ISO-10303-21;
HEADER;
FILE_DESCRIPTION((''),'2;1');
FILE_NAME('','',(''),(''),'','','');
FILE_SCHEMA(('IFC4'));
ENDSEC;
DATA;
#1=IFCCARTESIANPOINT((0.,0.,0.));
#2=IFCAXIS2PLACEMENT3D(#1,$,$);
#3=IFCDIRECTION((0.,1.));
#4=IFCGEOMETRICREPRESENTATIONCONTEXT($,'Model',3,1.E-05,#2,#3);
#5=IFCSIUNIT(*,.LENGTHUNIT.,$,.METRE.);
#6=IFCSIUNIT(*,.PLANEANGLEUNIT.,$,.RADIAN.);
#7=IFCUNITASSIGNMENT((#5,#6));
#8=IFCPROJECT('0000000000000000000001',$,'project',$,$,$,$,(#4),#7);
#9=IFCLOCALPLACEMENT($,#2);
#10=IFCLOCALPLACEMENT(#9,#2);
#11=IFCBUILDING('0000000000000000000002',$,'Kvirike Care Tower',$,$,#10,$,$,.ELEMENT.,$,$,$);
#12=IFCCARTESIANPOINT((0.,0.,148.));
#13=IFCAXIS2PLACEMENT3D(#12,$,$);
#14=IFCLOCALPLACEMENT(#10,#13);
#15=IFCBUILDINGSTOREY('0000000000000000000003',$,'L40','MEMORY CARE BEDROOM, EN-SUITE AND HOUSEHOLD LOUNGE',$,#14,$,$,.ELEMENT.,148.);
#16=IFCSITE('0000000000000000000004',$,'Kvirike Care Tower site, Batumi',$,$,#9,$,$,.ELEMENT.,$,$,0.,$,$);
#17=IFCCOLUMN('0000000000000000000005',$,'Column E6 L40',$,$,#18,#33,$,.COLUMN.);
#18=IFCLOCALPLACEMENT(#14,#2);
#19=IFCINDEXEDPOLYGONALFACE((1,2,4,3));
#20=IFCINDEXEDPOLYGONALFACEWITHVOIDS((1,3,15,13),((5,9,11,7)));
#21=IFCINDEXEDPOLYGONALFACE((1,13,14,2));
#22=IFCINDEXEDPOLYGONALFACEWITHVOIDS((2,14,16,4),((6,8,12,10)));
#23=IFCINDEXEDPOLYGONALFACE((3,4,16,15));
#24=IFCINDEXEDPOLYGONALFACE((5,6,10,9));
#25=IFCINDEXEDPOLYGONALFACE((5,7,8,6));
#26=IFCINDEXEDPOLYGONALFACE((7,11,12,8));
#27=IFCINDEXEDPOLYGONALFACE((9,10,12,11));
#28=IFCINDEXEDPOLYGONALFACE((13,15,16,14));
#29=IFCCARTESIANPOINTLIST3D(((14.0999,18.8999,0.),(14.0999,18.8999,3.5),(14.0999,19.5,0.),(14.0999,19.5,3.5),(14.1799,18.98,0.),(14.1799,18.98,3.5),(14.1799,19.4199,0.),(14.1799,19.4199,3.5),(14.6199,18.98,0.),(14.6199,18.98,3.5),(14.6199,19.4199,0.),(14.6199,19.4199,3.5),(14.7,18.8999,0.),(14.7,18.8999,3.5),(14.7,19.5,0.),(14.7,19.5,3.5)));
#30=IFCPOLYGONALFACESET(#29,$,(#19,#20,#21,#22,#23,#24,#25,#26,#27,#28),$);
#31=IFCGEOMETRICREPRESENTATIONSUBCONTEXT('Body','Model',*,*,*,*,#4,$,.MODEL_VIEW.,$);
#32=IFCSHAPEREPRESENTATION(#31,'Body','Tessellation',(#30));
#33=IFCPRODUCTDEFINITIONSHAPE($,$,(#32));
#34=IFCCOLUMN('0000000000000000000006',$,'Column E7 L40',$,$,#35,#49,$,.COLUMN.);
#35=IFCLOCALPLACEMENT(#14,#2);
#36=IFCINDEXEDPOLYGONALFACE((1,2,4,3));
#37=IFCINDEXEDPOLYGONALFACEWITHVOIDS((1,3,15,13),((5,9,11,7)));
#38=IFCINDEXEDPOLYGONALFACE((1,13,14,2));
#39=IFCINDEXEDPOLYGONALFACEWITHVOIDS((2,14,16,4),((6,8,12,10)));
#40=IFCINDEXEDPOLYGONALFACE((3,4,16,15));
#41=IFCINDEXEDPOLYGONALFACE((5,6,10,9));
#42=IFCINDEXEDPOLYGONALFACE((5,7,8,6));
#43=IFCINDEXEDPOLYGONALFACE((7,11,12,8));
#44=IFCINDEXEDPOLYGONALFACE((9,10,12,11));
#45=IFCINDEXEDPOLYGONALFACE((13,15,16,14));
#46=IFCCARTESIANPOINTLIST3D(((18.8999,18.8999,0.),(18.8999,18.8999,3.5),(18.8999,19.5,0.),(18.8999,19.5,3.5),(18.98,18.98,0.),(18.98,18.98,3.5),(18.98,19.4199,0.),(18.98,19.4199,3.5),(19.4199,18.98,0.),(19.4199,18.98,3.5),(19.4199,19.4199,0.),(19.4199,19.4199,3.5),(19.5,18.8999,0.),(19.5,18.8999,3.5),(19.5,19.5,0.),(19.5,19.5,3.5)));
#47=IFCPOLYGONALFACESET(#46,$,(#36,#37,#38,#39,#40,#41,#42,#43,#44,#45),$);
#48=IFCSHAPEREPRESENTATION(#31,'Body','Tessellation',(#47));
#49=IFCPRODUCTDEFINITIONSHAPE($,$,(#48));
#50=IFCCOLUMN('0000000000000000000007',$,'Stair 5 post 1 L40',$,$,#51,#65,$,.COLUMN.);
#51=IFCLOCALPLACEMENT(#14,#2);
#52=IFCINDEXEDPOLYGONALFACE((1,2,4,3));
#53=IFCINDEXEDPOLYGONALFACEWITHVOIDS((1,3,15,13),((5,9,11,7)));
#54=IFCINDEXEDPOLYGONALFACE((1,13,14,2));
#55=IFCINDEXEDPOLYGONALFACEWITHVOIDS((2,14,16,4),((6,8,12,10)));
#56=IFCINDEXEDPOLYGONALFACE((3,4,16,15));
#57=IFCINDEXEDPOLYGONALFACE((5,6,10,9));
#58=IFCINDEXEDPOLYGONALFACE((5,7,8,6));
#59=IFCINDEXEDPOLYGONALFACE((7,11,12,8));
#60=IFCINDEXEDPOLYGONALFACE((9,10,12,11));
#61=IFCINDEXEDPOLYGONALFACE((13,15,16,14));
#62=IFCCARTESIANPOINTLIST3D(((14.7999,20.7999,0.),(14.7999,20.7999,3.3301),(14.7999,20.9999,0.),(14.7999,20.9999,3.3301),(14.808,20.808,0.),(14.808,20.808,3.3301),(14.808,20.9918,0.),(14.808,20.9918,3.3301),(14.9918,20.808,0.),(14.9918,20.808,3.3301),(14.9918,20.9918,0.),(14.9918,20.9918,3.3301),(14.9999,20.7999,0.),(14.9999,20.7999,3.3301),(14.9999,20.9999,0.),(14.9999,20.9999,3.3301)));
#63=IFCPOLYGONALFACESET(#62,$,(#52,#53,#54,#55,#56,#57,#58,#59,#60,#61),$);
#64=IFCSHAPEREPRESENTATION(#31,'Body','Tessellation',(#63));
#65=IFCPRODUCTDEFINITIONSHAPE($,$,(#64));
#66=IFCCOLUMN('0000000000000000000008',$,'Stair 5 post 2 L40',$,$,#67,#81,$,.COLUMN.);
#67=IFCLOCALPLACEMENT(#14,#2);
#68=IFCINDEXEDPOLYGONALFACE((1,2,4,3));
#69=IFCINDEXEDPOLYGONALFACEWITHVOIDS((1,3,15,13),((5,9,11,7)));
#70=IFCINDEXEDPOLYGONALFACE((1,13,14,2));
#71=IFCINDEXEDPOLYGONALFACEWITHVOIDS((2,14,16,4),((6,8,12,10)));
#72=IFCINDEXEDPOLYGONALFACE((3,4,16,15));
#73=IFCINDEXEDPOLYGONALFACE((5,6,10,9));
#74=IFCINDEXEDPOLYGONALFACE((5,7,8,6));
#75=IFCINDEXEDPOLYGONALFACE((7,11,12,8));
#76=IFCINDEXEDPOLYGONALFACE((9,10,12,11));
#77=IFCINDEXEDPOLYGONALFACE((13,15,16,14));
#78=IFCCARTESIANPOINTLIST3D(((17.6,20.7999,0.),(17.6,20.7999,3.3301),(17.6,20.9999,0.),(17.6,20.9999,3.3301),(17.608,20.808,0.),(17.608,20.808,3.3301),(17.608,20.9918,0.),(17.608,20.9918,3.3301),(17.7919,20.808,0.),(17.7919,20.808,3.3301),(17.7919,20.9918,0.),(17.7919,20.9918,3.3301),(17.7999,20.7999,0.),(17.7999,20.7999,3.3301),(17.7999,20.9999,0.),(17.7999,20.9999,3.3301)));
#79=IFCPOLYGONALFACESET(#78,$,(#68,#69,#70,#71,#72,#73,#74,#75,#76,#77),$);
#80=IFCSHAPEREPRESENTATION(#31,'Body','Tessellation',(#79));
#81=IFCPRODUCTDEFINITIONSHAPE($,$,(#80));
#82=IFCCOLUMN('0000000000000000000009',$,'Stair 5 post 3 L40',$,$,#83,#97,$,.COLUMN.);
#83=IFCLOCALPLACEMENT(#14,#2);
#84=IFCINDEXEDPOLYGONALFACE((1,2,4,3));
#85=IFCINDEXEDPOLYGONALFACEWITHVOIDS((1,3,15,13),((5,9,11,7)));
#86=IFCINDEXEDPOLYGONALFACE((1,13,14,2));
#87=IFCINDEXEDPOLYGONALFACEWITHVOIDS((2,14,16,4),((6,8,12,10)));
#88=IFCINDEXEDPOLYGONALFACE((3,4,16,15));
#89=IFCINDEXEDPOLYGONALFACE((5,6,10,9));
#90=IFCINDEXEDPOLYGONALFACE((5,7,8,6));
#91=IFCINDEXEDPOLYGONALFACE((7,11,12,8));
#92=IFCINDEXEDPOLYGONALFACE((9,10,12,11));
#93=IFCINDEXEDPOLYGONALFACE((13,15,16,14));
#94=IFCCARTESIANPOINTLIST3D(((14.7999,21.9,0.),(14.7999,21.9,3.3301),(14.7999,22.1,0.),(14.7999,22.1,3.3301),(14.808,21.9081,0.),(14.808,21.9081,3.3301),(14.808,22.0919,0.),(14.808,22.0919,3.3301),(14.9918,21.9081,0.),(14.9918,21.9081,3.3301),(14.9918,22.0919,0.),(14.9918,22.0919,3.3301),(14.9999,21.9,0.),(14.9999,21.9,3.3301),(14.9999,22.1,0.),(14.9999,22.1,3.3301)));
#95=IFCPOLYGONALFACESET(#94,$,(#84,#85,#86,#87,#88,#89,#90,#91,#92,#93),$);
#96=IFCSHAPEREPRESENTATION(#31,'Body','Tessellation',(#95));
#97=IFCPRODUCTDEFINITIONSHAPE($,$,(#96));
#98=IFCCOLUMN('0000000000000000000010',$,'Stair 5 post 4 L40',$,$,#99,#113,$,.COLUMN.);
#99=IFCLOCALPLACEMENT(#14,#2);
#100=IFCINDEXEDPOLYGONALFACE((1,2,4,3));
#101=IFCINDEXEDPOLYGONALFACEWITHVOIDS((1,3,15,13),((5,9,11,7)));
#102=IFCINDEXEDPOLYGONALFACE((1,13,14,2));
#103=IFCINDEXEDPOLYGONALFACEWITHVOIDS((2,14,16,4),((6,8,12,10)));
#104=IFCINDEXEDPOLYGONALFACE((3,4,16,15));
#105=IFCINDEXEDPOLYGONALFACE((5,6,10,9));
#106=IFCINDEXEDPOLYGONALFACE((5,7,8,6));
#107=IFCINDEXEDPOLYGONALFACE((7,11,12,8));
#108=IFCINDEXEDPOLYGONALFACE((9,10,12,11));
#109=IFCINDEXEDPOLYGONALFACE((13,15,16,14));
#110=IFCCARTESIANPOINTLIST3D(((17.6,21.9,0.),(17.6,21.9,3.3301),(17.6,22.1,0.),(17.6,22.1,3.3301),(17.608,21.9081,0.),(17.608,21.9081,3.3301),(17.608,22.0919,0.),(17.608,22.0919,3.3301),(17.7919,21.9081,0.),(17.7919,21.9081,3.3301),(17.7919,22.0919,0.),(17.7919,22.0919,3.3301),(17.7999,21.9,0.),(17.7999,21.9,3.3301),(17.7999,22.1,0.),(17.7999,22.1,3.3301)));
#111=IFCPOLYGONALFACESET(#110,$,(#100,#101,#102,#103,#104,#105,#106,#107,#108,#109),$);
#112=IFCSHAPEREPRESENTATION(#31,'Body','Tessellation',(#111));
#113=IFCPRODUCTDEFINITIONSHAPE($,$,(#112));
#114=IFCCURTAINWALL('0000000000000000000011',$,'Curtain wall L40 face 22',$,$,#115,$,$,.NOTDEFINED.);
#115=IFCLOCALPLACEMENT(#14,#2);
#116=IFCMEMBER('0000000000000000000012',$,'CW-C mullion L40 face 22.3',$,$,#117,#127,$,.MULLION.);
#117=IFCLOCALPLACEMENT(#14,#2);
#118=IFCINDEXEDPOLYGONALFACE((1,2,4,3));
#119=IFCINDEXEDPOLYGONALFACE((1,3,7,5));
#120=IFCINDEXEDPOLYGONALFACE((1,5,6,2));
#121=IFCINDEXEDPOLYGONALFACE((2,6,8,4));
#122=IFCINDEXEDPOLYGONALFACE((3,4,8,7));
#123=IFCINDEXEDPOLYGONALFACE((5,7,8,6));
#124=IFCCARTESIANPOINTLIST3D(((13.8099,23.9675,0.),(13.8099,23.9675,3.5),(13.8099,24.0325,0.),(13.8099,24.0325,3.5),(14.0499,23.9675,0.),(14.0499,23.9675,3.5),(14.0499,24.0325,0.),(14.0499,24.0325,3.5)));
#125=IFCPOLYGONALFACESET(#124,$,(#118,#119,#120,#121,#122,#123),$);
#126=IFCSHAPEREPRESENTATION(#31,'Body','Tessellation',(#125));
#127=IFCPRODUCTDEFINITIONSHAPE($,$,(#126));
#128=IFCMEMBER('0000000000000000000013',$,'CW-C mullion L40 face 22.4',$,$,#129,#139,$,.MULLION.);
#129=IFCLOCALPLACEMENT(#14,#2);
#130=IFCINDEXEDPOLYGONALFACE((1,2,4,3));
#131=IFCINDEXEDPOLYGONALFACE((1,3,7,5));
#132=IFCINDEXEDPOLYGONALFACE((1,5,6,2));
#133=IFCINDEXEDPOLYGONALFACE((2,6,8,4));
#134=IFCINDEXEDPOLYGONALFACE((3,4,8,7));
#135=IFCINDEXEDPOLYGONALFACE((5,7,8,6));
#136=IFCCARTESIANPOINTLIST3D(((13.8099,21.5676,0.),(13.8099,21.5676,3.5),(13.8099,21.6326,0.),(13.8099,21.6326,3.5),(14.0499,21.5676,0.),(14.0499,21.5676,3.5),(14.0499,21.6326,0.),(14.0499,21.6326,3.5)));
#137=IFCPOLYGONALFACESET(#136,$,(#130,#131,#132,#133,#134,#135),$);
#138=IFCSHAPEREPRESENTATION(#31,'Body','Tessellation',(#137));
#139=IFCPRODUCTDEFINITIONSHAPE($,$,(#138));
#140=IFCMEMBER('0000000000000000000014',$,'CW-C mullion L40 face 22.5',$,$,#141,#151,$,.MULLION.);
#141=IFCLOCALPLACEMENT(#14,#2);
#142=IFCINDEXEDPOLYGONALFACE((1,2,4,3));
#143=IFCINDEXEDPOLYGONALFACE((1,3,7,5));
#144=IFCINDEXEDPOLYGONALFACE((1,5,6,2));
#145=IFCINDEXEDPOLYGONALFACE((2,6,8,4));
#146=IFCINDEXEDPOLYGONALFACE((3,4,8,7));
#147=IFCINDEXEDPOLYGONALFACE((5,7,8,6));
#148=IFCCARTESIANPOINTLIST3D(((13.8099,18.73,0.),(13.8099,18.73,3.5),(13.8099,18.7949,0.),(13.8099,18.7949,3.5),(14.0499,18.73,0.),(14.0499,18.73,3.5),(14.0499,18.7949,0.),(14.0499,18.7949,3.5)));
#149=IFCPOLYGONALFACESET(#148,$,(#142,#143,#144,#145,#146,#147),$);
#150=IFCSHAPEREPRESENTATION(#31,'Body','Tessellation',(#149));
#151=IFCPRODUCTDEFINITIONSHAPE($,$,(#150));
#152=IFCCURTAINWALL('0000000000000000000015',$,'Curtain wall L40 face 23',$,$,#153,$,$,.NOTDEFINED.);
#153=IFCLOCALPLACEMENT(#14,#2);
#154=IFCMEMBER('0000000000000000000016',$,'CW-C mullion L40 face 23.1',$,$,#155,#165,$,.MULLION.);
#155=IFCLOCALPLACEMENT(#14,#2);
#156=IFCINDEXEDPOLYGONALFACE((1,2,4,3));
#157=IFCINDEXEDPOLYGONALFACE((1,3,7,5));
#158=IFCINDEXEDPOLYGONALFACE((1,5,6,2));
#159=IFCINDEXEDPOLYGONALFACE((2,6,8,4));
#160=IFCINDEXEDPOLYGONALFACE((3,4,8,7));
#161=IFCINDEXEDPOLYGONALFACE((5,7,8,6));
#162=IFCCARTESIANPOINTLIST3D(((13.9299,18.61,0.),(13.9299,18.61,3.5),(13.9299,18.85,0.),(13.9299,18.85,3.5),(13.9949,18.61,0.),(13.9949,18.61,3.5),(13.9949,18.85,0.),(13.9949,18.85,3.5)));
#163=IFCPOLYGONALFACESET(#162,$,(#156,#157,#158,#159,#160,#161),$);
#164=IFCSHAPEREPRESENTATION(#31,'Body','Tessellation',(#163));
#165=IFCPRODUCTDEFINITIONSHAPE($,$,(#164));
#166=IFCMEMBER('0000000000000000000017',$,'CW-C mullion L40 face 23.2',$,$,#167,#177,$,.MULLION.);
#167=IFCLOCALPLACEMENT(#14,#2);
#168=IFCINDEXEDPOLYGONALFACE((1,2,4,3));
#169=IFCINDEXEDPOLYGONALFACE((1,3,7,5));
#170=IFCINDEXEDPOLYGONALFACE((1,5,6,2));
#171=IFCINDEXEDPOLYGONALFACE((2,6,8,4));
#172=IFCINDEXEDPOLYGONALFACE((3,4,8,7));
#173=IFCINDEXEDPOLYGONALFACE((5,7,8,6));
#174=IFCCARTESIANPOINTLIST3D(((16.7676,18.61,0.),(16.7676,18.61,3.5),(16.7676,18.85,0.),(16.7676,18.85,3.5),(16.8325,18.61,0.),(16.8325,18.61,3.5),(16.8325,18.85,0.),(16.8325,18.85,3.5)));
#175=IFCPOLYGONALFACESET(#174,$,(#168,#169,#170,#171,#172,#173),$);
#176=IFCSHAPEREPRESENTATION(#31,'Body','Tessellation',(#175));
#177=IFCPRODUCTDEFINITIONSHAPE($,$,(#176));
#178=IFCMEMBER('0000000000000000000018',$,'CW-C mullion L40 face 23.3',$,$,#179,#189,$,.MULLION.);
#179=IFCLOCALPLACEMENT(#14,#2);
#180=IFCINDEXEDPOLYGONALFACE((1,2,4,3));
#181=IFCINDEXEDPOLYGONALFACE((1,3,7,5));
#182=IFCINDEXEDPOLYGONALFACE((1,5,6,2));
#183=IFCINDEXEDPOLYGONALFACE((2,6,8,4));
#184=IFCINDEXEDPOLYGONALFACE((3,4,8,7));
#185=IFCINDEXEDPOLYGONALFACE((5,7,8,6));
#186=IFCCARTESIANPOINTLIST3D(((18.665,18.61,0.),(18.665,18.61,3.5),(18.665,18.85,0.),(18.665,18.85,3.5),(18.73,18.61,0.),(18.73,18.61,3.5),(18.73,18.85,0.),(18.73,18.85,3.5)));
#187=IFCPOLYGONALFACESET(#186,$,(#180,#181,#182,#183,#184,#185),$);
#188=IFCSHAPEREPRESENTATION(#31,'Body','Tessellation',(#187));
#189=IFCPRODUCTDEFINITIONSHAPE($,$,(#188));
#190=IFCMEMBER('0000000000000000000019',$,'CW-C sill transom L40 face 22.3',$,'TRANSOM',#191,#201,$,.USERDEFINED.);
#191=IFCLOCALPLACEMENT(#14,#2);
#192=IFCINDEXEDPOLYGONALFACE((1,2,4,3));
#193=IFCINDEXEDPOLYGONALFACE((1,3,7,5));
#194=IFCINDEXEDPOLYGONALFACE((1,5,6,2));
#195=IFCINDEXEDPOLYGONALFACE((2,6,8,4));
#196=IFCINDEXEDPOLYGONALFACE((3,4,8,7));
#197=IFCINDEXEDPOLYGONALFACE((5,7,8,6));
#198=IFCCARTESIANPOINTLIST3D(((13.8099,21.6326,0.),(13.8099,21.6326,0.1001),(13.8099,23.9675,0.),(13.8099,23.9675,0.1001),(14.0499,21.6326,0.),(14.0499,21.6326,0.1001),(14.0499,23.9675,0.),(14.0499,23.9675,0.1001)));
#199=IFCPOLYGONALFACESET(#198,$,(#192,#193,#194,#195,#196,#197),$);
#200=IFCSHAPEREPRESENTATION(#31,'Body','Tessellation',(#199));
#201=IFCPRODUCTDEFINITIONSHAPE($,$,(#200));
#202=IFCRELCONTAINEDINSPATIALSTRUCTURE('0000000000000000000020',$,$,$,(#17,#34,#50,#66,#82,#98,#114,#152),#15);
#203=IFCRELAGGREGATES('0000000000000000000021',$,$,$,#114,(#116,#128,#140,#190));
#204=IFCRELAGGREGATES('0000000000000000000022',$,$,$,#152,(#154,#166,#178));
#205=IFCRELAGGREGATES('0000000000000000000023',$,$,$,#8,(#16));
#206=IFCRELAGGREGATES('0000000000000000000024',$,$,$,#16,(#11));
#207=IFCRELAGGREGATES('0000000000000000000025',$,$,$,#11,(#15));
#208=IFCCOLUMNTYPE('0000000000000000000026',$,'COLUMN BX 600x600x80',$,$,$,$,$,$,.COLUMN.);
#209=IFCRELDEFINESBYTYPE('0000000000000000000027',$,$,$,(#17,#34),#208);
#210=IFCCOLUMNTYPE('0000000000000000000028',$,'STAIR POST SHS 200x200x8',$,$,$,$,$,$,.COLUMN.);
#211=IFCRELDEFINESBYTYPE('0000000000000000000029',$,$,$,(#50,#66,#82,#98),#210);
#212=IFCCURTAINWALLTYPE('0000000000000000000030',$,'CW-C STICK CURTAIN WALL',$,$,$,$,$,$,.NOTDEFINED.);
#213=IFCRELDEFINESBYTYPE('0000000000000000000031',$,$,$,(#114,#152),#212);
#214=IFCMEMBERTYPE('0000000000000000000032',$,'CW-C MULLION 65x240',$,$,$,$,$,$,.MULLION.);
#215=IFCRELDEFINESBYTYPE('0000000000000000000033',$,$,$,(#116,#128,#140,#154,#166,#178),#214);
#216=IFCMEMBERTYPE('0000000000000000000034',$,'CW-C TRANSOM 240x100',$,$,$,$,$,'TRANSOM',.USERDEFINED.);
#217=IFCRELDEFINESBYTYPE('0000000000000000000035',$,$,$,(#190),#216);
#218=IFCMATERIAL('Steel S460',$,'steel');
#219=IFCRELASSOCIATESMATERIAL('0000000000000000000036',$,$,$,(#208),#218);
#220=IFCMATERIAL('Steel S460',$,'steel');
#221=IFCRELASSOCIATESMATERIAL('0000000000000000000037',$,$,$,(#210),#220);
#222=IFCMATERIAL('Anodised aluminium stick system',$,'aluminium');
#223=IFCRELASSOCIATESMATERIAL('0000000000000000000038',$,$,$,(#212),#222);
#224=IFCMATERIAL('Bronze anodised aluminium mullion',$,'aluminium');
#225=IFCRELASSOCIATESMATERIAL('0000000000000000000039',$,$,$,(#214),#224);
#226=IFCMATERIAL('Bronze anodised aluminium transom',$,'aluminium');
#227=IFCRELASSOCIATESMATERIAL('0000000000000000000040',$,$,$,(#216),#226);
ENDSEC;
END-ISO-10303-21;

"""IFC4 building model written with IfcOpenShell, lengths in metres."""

from ifc_helpers import new_model, si_unit, direction, frame, origin, origin_2d, place, context, subcontext, project, spatial, rectangle, hollow_rectangle, extrude, material, material_profile, profile_set, type_object, element, aggregate, save


model = new_model("IFC4")

# Units and contexts
model_context = context("Model", 3, precision=1e-05, world=origin(), true_north=direction((0.0, 1.0)))
body_context = subcontext(model_context, "Body", "Model", "MODEL_VIEW")
ifc_project = project(units=[si_unit("LENGTHUNIT", "METRE"), si_unit("PLANEANGLEUNIT", "RADIAN")], contexts=[model_context])

# Site, building, storey
site_placement = place(None, origin())
site = spatial("IfcSite", under=ifc_project, at=site_placement, Name="Kvirike Care Tower site, Batumi", CompositionType="ELEMENT", RefElevation=0.0)
building_placement = place(site_placement, origin())
building = spatial("IfcBuilding", under=site, at=building_placement, Name="Kvirike Care Tower", CompositionType="ELEMENT")
storey_placement = place(building_placement, frame((0.0, 0.0, 148.0)))
storey = spatial("IfcBuildingStorey", under=building, at=storey_placement, Name="L40", Description="MEMORY CARE BEDROOM, EN-SUITE AND HOUSEHOLD LOUNGE", CompositionType="ELEMENT", Elevation=148.0)

# Columns
ifc_material_1 = material(Name="Steel S460", Category="steel")
ifc_material_profile_1 = material_profile(ifc_material_1, hollow_rectangle(XDim=0.6001, YDim=0.6001, WallThickness=0.0801, at=origin_2d()), Name="BX 600x600x80")
ifc_profile_set_1 = profile_set([ifc_material_profile_1], Name="Steel S460")
column_type_1 = type_object("IfcColumnType", Name="COLUMN BX 600x600x80", PredefinedType="COLUMN", material=ifc_profile_set_1)
for number, where, z_axis, x_axis, name in (
    (1, (14.3999, 19.2, 0.0), (0.0, 0.0, 1.0), (0.0, 1.0, 0.0), "Column E6 L40"),
    (2, (19.2, 19.2, 0.0), (0.0, 0.0, 1.0), (0.0, 1.0, 0.0), "Column E7 L40"),
):
    element("IfcColumn", number, at=place(storey_placement, frame(where, z_axis=z_axis, x_axis=x_axis)), inside=storey, type_object=column_type_1, Name=name, PredefinedType="COLUMN", context=body_context, shape_type="SweptSolid", body=[
        extrude(hollow_rectangle(XDim=0.6001, YDim=0.6001, WallThickness=0.0801, at=origin_2d()), origin(), (0.0, 0.0, 1.0), 3.5),
    ])
ifc_material_2 = material(Name="Steel S460", Category="steel")
ifc_material_profile_2 = material_profile(ifc_material_2, hollow_rectangle(XDim=0.2, YDim=0.2, WallThickness=0.0081, at=origin_2d()), Name="SHS 200x200x8")
ifc_profile_set_2 = profile_set([ifc_material_profile_2], Name="Steel S460")
column_type_2 = type_object("IfcColumnType", Name="STAIR POST SHS 200x200x8", PredefinedType="COLUMN", material=ifc_profile_set_2)
for number, where, z_axis, x_axis, name in (
    (3, (14.8999, 20.8999, 0.0), (0.0, 0.0, 1.0), (1.0, 0.0, 0.0), "Stair 5 post 1 L40"),
    (4, (17.7, 20.8999, 0.0), (0.0, 0.0, 1.0), (1.0, 0.0, 0.0), "Stair 5 post 2 L40"),
    (5, (14.8999, 22.0, 0.0), (0.0, 0.0, 1.0), (1.0, 0.0, 0.0), "Stair 5 post 3 L40"),
    (6, (17.7, 22.0, 0.0), (0.0, 0.0, 1.0), (1.0, 0.0, 0.0), "Stair 5 post 4 L40"),
):
    element("IfcColumn", number, at=place(storey_placement, frame(where, z_axis=z_axis, x_axis=x_axis)), inside=storey, type_object=column_type_2, Name=name, PredefinedType="COLUMN", context=body_context, shape_type="SweptSolid", body=[
        extrude(hollow_rectangle(XDim=0.2, YDim=0.2, WallThickness=0.0081, at=origin_2d()), origin(), (0.0, 0.0, 1.0), 3.3301),
    ])

# Curtain walls, members
ifc_material_3 = material(Name="Anodised aluminium stick system", Category="aluminium")
curtain_wall_type = type_object("IfcCurtainWallType", Name="CW-C STICK CURTAIN WALL", PredefinedType="NOTDEFINED", material=ifc_material_3)
curtain_wall_1_placement = place(storey_placement, origin())
curtain_wall_1 = element("IfcCurtainWall", 7, at=curtain_wall_1_placement, inside=storey, type_object=curtain_wall_type, Name="Curtain wall L40 face 22", PredefinedType="NOTDEFINED")
ifc_material_4 = material(Name="Bronze anodised aluminium mullion", Category="aluminium")
ifc_material_profile_3 = material_profile(ifc_material_4, rectangle(XDim=0.0649, YDim=0.24, at=origin_2d()), Name="CW-C MULLION 65x240")
ifc_profile_set_3 = profile_set([ifc_material_profile_3], Name="Bronze anodised aluminium mullion")
member_type_1 = type_object("IfcMemberType", Name="CW-C MULLION 65x240", PredefinedType="MULLION", material=ifc_profile_set_3)
member_1_placement = place(storey_placement, frame((13.9299, 24.0, 0.0), z_axis=(0.0, 0.0, 1.0), x_axis=(0.0, -1.0, 0.0)))
member_1 = element("IfcMember", 8, at=member_1_placement, type_object=member_type_1, Name="CW-C mullion L40 face 22.3", PredefinedType="MULLION", context=body_context, shape_type="SweptSolid", body=[
    extrude(rectangle(XDim=0.0649, YDim=0.24, at=origin_2d()), origin(), (0.0, 0.0, 1.0), 3.5),
])
member_2_placement = place(storey_placement, frame((13.9299, 21.6001, 0.0), z_axis=(0.0, 0.0, 1.0), x_axis=(0.0, -1.0, 0.0)))
member_2 = element("IfcMember", 9, at=member_2_placement, type_object=member_type_1, Name="CW-C mullion L40 face 22.4", PredefinedType="MULLION", context=body_context, shape_type="SweptSolid", body=[
    extrude(rectangle(XDim=0.0649, YDim=0.24, at=origin_2d()), origin(), (0.0, 0.0, 1.0), 3.5),
])
member_3_placement = place(storey_placement, frame((13.9299, 18.7625, 0.0), z_axis=(0.0, 0.0, 1.0), x_axis=(0.0, -1.0, 0.0)))
member_3 = element("IfcMember", 10, at=member_3_placement, type_object=member_type_1, Name="CW-C mullion L40 face 22.5", PredefinedType="MULLION", context=body_context, shape_type="SweptSolid", body=[
    extrude(rectangle(XDim=0.0649, YDim=0.24, at=origin_2d()), origin(), (0.0, 0.0, 1.0), 3.5),
])
curtain_wall_2_placement = place(storey_placement, origin())
curtain_wall_2 = element("IfcCurtainWall", 11, at=curtain_wall_2_placement, inside=storey, type_object=curtain_wall_type, Name="Curtain wall L40 face 23", PredefinedType="NOTDEFINED")
member_4_placement = place(storey_placement, frame((13.9624, 18.73, 0.0), z_axis=(0.0, 0.0, 1.0), x_axis=(1.0, 0.0, 0.0)))
member_4 = element("IfcMember", 12, at=member_4_placement, type_object=member_type_1, Name="CW-C mullion L40 face 23.1", PredefinedType="MULLION", context=body_context, shape_type="SweptSolid", body=[
    extrude(rectangle(XDim=0.0649, YDim=0.24, at=origin_2d()), origin(), (0.0, 0.0, 1.0), 3.5),
])
member_5_placement = place(storey_placement, frame((16.8, 18.73, 0.0), z_axis=(0.0, 0.0, 1.0), x_axis=(1.0, 0.0, 0.0)))
member_5 = element("IfcMember", 13, at=member_5_placement, type_object=member_type_1, Name="CW-C mullion L40 face 23.2", PredefinedType="MULLION", context=body_context, shape_type="SweptSolid", body=[
    extrude(rectangle(XDim=0.0649, YDim=0.24, at=origin_2d()), origin(), (0.0, 0.0, 1.0), 3.5),
])
member_6_placement = place(storey_placement, frame((18.6975, 18.73, 0.0), z_axis=(0.0, 0.0, 1.0), x_axis=(1.0, 0.0, 0.0)))
member_6 = element("IfcMember", 14, at=member_6_placement, type_object=member_type_1, Name="CW-C mullion L40 face 23.3", PredefinedType="MULLION", context=body_context, shape_type="SweptSolid", body=[
    extrude(rectangle(XDim=0.0649, YDim=0.24, at=origin_2d()), origin(), (0.0, 0.0, 1.0), 3.5),
])

# Member
ifc_material_5 = material(Name="Bronze anodised aluminium transom", Category="aluminium")
ifc_material_profile_4 = material_profile(ifc_material_5, rectangle(XDim=0.24, YDim=0.1001, at=origin_2d()), Name="CW-C TRANSOM 240x100")
ifc_profile_set_4 = profile_set([ifc_material_profile_4], Name="Bronze anodised aluminium transom")
member_type_2 = type_object("IfcMemberType", Name="CW-C TRANSOM 240x100", ElementType="TRANSOM", PredefinedType="USERDEFINED", material=ifc_profile_set_4)
member_7_placement = place(storey_placement, frame((13.9299, 23.9675, 0.05), z_axis=(0.0, -1.0, 0.0), x_axis=(1.0, 0.0, 0.0)))
member_7 = element("IfcMember", 15, at=member_7_placement, type_object=member_type_2, Name="CW-C sill transom L40 face 22.3", ObjectType="TRANSOM", PredefinedType="USERDEFINED", context=body_context, shape_type="SweptSolid", body=[
    extrude(rectangle(XDim=0.24, YDim=0.1001, at=origin_2d()), origin(), (0.0, 0.0, 1.0), 2.335),
])

aggregate(curtain_wall_1, [member_1, member_2, member_3, member_7])
aggregate(curtain_wall_2, [member_4, member_5, member_6])

save(model, "model.ifc")
